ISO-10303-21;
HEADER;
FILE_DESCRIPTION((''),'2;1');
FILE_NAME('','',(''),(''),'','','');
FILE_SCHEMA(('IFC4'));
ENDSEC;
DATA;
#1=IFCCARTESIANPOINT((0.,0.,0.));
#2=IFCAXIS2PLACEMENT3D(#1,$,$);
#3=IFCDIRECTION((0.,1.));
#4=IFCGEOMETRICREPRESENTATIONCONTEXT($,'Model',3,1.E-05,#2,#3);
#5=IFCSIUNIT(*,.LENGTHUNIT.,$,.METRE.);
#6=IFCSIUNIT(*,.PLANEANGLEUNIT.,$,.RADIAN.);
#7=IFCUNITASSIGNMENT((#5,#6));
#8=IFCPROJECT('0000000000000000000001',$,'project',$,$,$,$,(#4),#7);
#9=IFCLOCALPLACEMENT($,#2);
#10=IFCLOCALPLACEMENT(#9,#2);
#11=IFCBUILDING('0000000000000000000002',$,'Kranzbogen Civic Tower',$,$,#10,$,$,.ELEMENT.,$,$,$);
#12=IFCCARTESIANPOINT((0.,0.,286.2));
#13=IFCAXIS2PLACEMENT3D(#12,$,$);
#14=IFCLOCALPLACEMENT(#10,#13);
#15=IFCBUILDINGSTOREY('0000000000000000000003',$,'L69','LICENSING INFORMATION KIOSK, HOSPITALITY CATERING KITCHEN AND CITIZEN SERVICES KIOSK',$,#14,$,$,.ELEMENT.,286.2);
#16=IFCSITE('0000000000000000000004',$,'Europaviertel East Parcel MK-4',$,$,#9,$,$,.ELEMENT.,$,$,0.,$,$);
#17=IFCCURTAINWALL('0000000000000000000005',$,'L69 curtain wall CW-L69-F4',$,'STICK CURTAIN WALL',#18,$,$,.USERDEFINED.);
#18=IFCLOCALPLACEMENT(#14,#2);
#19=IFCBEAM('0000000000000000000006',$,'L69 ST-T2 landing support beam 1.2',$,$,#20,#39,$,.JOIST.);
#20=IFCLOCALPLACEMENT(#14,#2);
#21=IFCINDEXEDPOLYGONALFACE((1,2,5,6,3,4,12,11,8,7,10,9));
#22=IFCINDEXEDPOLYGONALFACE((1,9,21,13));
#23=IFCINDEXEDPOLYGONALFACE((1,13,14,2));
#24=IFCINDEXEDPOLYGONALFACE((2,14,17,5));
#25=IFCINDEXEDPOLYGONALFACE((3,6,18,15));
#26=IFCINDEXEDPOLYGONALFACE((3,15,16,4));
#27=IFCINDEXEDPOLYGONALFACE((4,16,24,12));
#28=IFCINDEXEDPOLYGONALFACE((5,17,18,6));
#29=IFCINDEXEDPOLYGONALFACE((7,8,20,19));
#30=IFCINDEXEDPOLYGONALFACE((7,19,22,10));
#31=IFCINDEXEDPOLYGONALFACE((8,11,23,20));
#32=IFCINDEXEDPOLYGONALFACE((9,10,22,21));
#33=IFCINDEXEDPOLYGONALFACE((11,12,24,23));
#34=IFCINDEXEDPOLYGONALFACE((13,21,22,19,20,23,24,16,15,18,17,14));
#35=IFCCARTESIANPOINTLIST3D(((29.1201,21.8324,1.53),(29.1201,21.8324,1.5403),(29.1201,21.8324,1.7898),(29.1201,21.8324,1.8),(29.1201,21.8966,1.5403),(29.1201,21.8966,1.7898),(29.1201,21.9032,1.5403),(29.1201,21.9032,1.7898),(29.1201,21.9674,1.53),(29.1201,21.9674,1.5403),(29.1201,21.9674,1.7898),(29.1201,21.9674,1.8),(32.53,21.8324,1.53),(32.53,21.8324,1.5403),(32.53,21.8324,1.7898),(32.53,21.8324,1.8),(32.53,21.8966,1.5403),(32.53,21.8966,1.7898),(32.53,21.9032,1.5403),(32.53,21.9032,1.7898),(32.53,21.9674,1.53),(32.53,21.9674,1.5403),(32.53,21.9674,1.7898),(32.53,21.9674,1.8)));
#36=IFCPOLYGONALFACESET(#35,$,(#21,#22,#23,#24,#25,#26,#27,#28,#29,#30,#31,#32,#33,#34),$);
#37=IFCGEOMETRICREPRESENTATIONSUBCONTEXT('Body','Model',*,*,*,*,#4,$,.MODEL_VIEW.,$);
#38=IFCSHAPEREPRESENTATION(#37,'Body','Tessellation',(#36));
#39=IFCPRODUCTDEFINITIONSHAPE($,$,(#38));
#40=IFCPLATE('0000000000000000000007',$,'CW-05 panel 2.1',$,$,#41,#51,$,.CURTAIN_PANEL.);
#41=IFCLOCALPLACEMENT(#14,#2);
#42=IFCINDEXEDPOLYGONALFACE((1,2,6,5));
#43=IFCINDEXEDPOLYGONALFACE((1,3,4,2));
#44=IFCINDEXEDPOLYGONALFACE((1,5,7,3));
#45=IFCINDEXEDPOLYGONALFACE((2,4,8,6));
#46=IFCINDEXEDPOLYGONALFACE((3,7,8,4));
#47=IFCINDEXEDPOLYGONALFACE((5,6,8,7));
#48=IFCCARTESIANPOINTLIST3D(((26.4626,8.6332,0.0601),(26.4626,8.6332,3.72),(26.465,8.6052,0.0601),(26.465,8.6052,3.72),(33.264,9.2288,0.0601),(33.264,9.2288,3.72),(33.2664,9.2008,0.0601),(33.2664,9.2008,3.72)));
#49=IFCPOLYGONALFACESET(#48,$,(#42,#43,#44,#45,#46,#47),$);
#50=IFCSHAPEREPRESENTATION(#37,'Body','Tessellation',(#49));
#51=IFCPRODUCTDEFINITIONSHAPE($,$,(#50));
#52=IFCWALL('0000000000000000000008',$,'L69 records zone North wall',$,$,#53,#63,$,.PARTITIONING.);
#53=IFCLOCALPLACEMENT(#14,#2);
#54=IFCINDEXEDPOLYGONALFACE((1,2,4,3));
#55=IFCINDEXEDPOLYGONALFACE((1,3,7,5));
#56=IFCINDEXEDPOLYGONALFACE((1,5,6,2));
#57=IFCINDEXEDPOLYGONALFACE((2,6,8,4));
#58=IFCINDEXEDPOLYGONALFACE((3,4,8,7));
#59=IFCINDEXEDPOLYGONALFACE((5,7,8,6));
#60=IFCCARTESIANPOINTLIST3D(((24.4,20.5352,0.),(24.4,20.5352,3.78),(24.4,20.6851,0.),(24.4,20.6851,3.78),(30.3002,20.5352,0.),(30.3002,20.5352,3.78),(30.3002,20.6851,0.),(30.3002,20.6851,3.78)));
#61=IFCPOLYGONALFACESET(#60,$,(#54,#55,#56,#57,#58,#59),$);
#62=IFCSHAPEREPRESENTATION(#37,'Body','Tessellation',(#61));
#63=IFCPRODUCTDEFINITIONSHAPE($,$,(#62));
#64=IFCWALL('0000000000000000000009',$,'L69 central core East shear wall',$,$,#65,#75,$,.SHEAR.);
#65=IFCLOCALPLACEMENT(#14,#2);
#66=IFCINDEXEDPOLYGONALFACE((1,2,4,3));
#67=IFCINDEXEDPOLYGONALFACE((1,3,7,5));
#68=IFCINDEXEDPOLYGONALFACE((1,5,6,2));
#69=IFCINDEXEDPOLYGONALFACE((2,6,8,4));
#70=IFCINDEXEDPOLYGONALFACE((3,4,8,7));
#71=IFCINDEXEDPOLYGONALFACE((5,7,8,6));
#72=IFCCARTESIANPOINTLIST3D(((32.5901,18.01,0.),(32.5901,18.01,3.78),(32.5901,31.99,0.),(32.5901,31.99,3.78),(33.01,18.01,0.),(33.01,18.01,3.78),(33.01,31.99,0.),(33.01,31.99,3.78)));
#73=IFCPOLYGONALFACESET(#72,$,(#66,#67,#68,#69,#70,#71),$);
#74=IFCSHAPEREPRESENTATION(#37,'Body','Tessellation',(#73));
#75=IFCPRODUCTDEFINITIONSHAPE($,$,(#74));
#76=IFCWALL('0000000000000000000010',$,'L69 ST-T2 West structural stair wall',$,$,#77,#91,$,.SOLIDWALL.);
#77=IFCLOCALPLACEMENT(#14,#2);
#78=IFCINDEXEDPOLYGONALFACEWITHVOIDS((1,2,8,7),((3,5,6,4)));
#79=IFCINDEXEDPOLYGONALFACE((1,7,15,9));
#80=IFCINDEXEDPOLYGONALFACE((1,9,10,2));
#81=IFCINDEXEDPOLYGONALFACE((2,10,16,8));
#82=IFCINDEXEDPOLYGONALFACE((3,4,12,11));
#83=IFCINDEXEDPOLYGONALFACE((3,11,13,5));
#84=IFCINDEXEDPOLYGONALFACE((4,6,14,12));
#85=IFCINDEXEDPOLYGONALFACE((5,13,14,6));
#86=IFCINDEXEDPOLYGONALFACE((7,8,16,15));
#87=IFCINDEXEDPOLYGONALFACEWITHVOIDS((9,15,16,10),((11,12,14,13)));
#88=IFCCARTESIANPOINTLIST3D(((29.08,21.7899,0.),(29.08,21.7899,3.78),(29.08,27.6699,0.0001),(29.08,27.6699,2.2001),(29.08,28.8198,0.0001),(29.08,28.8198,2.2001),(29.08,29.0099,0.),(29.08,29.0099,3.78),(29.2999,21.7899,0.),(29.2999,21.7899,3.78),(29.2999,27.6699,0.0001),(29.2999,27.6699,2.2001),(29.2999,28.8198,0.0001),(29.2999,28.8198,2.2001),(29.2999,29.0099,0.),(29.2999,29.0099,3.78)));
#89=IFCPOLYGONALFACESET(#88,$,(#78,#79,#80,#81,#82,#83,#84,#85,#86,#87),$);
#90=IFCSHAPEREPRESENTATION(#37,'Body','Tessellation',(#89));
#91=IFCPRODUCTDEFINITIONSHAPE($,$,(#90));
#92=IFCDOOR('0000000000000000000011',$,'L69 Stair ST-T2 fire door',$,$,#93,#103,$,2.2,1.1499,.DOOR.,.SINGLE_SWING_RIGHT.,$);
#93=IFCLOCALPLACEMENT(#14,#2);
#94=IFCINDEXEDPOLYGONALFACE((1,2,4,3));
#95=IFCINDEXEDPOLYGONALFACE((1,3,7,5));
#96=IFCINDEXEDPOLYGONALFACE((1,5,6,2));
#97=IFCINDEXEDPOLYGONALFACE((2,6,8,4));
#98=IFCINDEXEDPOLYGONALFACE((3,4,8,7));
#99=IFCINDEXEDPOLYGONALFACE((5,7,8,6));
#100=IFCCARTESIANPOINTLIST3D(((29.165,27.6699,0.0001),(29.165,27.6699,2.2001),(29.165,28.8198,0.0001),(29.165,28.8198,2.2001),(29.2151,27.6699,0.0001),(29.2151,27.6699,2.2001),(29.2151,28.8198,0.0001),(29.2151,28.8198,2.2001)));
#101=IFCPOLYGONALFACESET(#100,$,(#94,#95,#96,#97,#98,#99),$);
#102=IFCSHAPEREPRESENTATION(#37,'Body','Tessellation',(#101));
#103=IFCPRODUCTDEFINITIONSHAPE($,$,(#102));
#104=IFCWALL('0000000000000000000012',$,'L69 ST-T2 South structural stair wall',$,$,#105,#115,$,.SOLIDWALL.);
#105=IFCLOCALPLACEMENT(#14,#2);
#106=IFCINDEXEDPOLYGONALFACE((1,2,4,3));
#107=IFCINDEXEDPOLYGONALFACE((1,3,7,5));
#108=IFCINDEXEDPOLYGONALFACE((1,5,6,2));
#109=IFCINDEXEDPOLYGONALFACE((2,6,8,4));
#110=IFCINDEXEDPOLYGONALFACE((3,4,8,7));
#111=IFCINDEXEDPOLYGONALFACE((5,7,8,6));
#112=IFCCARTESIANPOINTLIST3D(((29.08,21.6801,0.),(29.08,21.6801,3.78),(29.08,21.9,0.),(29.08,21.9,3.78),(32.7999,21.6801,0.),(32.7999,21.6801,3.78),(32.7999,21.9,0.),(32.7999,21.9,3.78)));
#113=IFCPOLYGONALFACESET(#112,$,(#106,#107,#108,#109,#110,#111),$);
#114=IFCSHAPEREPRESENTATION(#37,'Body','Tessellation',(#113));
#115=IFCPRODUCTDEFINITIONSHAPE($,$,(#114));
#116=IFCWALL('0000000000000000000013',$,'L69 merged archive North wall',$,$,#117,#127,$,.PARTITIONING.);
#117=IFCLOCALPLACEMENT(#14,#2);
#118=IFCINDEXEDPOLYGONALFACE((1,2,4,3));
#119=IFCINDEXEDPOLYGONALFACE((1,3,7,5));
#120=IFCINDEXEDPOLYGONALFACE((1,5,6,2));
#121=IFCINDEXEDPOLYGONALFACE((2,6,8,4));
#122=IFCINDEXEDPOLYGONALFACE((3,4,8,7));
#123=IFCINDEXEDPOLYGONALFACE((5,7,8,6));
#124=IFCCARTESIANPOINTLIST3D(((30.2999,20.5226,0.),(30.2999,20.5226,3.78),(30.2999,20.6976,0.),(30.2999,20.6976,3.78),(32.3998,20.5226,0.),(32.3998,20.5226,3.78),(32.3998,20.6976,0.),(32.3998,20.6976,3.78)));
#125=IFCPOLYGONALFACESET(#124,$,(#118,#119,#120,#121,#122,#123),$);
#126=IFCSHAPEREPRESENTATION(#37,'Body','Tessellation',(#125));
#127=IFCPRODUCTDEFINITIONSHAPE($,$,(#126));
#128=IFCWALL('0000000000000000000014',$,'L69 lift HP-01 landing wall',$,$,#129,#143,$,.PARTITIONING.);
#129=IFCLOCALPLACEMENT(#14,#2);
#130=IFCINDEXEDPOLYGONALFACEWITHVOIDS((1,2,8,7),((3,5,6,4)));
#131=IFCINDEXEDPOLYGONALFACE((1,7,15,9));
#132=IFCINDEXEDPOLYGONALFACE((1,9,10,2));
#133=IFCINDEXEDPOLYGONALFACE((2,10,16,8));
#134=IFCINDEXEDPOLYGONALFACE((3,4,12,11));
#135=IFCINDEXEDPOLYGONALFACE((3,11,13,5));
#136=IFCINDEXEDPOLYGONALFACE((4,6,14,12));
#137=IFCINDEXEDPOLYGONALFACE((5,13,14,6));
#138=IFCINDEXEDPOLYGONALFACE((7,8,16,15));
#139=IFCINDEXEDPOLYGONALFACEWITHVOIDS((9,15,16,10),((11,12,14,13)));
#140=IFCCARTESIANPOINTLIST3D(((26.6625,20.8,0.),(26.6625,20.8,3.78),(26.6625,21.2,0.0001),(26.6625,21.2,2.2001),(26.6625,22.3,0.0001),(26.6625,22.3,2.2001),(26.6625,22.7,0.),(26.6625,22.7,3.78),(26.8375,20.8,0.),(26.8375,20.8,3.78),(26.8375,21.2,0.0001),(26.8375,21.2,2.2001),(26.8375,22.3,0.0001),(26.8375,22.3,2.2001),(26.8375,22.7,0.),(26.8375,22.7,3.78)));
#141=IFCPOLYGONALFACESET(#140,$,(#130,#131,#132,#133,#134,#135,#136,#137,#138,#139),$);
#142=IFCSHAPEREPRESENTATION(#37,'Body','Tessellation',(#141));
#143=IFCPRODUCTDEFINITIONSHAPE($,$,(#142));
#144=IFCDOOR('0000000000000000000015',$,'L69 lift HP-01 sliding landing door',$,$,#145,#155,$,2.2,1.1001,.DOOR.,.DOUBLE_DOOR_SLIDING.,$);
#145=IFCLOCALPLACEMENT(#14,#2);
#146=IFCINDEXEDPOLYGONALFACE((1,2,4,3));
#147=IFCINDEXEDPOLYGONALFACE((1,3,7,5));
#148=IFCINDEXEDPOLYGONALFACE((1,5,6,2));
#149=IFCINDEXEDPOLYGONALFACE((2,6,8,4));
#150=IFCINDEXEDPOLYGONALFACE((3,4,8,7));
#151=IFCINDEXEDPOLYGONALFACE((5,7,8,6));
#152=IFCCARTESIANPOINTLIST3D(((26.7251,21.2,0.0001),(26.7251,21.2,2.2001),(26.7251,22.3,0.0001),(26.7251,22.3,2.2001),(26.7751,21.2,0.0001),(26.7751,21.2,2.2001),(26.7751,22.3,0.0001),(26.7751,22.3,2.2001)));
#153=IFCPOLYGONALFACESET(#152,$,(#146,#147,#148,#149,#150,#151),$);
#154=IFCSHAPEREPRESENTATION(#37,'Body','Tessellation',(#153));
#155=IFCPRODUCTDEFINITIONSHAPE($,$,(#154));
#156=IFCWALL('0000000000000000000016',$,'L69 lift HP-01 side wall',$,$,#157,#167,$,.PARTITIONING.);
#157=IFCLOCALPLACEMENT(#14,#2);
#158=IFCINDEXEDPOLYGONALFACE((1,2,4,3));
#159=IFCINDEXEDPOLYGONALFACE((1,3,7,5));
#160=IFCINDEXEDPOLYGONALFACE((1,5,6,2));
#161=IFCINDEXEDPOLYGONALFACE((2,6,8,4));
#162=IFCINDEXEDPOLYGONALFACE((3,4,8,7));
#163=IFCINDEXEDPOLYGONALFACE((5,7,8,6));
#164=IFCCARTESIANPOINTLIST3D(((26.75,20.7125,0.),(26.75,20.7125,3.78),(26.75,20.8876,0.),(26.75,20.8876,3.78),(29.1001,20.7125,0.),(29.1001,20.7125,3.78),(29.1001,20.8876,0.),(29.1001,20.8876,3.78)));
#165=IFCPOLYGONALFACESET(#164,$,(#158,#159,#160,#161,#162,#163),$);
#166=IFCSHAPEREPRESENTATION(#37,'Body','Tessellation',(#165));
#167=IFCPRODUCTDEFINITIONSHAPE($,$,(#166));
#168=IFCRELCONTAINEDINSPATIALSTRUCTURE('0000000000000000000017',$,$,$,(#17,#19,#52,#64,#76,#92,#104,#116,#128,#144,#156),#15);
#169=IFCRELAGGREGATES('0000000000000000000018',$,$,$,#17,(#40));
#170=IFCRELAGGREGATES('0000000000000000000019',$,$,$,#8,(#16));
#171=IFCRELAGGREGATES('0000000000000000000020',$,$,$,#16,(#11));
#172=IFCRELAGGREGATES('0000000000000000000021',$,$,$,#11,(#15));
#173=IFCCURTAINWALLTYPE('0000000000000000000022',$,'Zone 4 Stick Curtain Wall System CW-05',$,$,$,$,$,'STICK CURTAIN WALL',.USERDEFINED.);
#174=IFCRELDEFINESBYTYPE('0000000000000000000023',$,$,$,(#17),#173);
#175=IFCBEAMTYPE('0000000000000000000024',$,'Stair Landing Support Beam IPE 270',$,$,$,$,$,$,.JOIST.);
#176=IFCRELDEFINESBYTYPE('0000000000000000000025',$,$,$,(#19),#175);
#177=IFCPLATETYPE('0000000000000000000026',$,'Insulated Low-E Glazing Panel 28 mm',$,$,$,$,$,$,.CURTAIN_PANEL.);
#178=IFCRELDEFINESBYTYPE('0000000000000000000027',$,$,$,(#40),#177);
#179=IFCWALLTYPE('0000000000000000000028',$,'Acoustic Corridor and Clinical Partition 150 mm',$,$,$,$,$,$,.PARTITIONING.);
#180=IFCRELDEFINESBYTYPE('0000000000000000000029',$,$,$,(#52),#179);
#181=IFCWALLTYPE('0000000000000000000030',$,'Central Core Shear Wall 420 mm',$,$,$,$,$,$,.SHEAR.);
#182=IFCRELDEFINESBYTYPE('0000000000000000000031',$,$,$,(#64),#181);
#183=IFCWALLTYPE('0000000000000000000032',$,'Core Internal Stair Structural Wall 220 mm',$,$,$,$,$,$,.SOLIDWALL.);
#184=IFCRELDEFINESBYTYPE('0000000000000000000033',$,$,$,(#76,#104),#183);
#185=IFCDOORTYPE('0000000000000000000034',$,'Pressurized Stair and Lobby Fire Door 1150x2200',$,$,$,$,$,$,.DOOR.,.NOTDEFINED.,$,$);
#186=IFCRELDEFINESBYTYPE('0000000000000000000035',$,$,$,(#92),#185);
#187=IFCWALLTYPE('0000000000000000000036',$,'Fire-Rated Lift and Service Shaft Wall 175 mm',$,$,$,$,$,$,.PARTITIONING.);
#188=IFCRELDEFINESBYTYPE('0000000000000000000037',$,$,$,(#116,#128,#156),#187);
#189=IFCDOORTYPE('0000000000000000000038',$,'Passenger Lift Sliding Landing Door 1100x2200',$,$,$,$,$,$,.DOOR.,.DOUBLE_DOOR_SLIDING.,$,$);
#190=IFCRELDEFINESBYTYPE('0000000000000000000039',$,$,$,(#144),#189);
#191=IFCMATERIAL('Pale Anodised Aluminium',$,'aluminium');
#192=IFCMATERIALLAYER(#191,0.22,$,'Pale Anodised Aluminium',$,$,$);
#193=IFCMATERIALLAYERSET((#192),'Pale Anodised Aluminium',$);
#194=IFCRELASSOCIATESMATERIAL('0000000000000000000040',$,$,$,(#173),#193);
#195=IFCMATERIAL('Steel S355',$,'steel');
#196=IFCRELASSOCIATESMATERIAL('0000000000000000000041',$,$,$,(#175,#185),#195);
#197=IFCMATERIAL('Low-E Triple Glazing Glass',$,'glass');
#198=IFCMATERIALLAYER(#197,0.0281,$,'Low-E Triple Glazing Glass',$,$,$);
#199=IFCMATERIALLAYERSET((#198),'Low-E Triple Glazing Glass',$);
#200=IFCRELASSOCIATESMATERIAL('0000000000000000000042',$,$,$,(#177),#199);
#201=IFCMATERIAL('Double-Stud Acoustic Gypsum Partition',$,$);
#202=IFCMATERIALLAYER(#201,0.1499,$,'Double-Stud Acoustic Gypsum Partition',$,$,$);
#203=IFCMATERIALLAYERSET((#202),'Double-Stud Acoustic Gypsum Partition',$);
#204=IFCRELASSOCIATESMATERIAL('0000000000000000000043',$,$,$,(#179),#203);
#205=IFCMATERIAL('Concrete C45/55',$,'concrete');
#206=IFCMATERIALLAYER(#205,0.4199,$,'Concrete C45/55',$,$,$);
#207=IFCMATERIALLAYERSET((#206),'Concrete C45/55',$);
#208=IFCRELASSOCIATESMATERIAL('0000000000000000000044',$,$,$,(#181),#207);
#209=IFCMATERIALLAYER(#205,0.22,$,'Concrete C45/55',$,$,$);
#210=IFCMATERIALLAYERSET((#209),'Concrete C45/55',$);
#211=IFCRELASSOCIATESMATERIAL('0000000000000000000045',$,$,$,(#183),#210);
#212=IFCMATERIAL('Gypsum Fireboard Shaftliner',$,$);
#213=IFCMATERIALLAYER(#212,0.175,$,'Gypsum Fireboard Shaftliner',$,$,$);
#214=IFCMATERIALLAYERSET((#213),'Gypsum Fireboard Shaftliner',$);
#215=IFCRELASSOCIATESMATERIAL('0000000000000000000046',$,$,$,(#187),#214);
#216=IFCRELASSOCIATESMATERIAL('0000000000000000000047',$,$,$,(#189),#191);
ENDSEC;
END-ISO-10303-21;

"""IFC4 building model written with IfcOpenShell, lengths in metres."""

from ifc_helpers import new_model, si_unit, direction, frame, frame_2d, origin, origin_2d, place, context, subcontext, project, spatial, rectangle, i_section, extrude, material, layer, layer_set, material_profile, profile_set, type_object, element, fill, aggregate, save


model = new_model("IFC4")

# Units and contexts
model_context = context("Model", 3, precision=1e-05, world=origin(), true_north=direction((0.0, 1.0)))
body_context = subcontext(model_context, "Body", "Model", "MODEL_VIEW")
ifc_project = project(units=[si_unit("LENGTHUNIT", "METRE"), si_unit("PLANEANGLEUNIT", "RADIAN")], contexts=[model_context])

# Site, building, storey
site_placement = place(None, origin())
site = spatial("IfcSite", under=ifc_project, at=site_placement, Name="Europaviertel East Parcel MK-4", CompositionType="ELEMENT", RefElevation=0.0)
building_placement = place(site_placement, origin())
building = spatial("IfcBuilding", under=site, at=building_placement, Name="Kranzbogen Civic Tower", CompositionType="ELEMENT")
storey_placement = place(building_placement, frame((0.0, 0.0, 286.2)))
storey = spatial("IfcBuildingStorey", under=building, at=storey_placement, Name="L69", Description="LICENSING INFORMATION KIOSK, HOSPITALITY CATERING KITCHEN AND CITIZEN SERVICES KIOSK", CompositionType="ELEMENT", Elevation=286.2)

# Shared definitions
ifc_material_1 = material(Name="Steel S355", Category="steel")

# Curtain wall
ifc_material_2 = material(Name="Pale Anodised Aluminium", Category="aluminium")
ifc_layer_1 = layer(ifc_material_2, 0.22, Name="Pale Anodised Aluminium")
ifc_layer_set_1 = layer_set([ifc_layer_1], Name="Pale Anodised Aluminium")
curtain_wall_type = type_object("IfcCurtainWallType", Name="Zone 4 Stick Curtain Wall System CW-05", ElementType="STICK CURTAIN WALL", PredefinedType="USERDEFINED", material=ifc_layer_set_1)
curtain_wall_placement = place(storey_placement, origin())
curtain_wall = element("IfcCurtainWall", 1, at=curtain_wall_placement, inside=storey, type_object=curtain_wall_type, Name="L69 curtain wall CW-L69-F4", ObjectType="STICK CURTAIN WALL", PredefinedType="USERDEFINED")

# Beam
ifc_material_profile_1 = material_profile(ifc_material_1, i_section(OverallWidth=0.135, OverallDepth=0.27, WebThickness=0.0066, FlangeThickness=0.0103, at=origin_2d()), Name="IPE 270")
ifc_profile_set_1 = profile_set([ifc_material_profile_1], Name="Steel S355")
beam_type_1 = type_object("IfcBeamType", Name="Stair Landing Support Beam IPE 270", PredefinedType="JOIST", material=ifc_profile_set_1)
beam_1_placement = place(storey_placement, frame((29.1201, 21.8999, 1.665), z_axis=(1.0, 0.0, 0.0), x_axis=(0.0, 1.0, 0.0)))
element("IfcBeam", 2, at=beam_1_placement, inside=storey, type_object=beam_type_1, Name="L69 ST-T2 landing support beam 1.2", PredefinedType="JOIST", context=body_context, shape_type="SweptSolid", body=[
    extrude(i_section(OverallWidth=0.135, OverallDepth=0.27, WebThickness=0.0066, FlangeThickness=0.0103, at=origin_2d()), origin(), (0.0, 0.0, 1.0), 3.4099),
])

# Plate
ifc_material_3 = material(Name="Low-E Triple Glazing Glass", Category="glass")
ifc_layer_2 = layer(ifc_material_3, 0.0281, Name="Low-E Triple Glazing Glass")
ifc_layer_set_2 = layer_set([ifc_layer_2], Name="Low-E Triple Glazing Glass")
plate_type = type_object("IfcPlateType", Name="Insulated Low-E Glazing Panel 28 mm", PredefinedType="CURTAIN_PANEL", material=ifc_layer_set_2)
plate_placement = place(storey_placement, frame((29.8645, 8.917, 0.0601), z_axis=(0.0, 0.0, 1.0), x_axis=(0.996187, 0.087244, 0.0)))
plate = element("IfcPlate", 3, at=plate_placement, type_object=plate_type, Name="CW-05 panel 2.1", PredefinedType="CURTAIN_PANEL", context=body_context, shape_type="SweptSolid", body=[
    extrude(rectangle(XDim=6.8274, YDim=0.0281, at=origin_2d()), origin(), (0.0, 0.0, 1.0), 3.6599),
])
aggregate(curtain_wall, [plate])

# Walls
ifc_material_4 = material(Name="Double-Stud Acoustic Gypsum Partition")
ifc_layer_3 = layer(ifc_material_4, 0.1499, Name="Double-Stud Acoustic Gypsum Partition")
ifc_layer_set_3 = layer_set([ifc_layer_3], Name="Double-Stud Acoustic Gypsum Partition")
wall_type_1 = type_object("IfcWallType", Name="Acoustic Corridor and Clinical Partition 150 mm", PredefinedType="PARTITIONING", material=ifc_layer_set_3)
wall_1_placement = place(storey_placement, frame((24.3999, 20.6101, 0.0), z_axis=(0.0, 0.0, 1.0), x_axis=(1.0, 0.0, 0.0)))
element("IfcWall", 4, at=wall_1_placement, inside=storey, type_object=wall_type_1, Name="L69 records zone North wall", PredefinedType="PARTITIONING", context=body_context, shape_type="SweptSolid", body=[
    extrude(rectangle(XDim=5.9001, YDim=0.1499, at=frame_2d((2.9502, 0.0))), origin(), (0.0, 0.0, 1.0), 3.78),
])
ifc_material_5 = material(Name="Concrete C45/55", Category="concrete")
ifc_layer_4 = layer(ifc_material_5, 0.4199, Name="Concrete C45/55")
ifc_layer_set_4 = layer_set([ifc_layer_4], Name="Concrete C45/55")
wall_type_2 = type_object("IfcWallType", Name="Central Core Shear Wall 420 mm", PredefinedType="SHEAR", material=ifc_layer_set_4)
wall_2_placement = place(storey_placement, frame((32.8, 18.01, 0.0), z_axis=(0.0, 0.0, 1.0), x_axis=(0.0, 1.0, 0.0)))
element("IfcWall", 5, at=wall_2_placement, inside=storey, type_object=wall_type_2, Name="L69 central core East shear wall", PredefinedType="SHEAR", context=body_context, shape_type="SweptSolid", body=[
    extrude(rectangle(XDim=13.98, YDim=0.4199, at=frame_2d((6.99, 0.0))), origin(), (0.0, 0.0, 1.0), 3.78),
])

# Wall, opening, door
ifc_layer_5 = layer(ifc_material_5, 0.22, Name="Concrete C45/55")
ifc_layer_set_5 = layer_set([ifc_layer_5], Name="Concrete C45/55")
wall_type_3 = type_object("IfcWallType", Name="Core Internal Stair Structural Wall 220 mm", PredefinedType="SOLIDWALL", material=ifc_layer_set_5)
wall_3_placement = place(storey_placement, frame((29.1899, 21.79, 0.0), z_axis=(0.0, 0.0, 1.0), x_axis=(0.0, 1.0, 0.0)))
wall_3 = element("IfcWall", 6, at=wall_3_placement, inside=storey, type_object=wall_type_3, Name="L69 ST-T2 West structural stair wall", PredefinedType="SOLIDWALL", context=body_context, shape_type="SweptSolid", body=[
    extrude(rectangle(XDim=7.22, YDim=0.22, at=frame_2d((3.6099, 0.0))), origin(), (0.0, 0.0, 1.0), 3.78),
])
opening_1_placement = place(wall_3_placement, frame((5.8799, 0.0, 0.0)))
opening_1 = element("IfcOpeningElement", 7, at=opening_1_placement, cuts=wall_3, PredefinedType="OPENING", context=body_context, shape_type="SweptSolid", body=[
    extrude(rectangle(XDim=1.1499, YDim=2.2, at=frame_2d((0.575, 1.1001))), frame((0.0, 0.1201, 0.0), z_axis=(0.0, -1.0, 0.0), x_axis=(1.0, 0.0, 0.0)), (0.0, 0.0, 1.0), 0.24),
])
door_type_1 = type_object("IfcDoorType", Name="Pressurized Stair and Lobby Fire Door 1150x2200", OperationType="NOTDEFINED", PredefinedType="DOOR", material=ifc_material_1)
door_1_placement = place(opening_1_placement, origin())
door_1 = element("IfcDoor", 8, at=door_1_placement, inside=storey, type_object=door_type_1, Name="L69 Stair ST-T2 fire door", OperationType="SINGLE_SWING_RIGHT", OverallHeight=2.2, OverallWidth=1.1499, PredefinedType="DOOR", context=body_context, shape_type="SweptSolid", body=[
    extrude(rectangle(XDim=1.1499, YDim=2.2, at=frame_2d((0.575, 1.1001))), frame((0.0, 0.0249, 0.0), z_axis=(0.0, -1.0, 0.0), x_axis=(1.0, 0.0, 0.0)), (0.0, 0.0, 1.0), 0.05),
])
fill(opening_1, door_1)

# Walls
wall_4_placement = place(storey_placement, frame((29.0801, 21.79, 0.0), z_axis=(0.0, 0.0, 1.0), x_axis=(1.0, 0.0, 0.0)))
element("IfcWall", 9, at=wall_4_placement, inside=storey, type_object=wall_type_3, Name="L69 ST-T2 South structural stair wall", PredefinedType="SOLIDWALL", context=body_context, shape_type="SweptSolid", body=[
    extrude(rectangle(XDim=3.72, YDim=0.22, at=frame_2d((1.8599, 0.0))), origin(), (0.0, 0.0, 1.0), 3.78),
])
ifc_material_6 = material(Name="Gypsum Fireboard Shaftliner")
ifc_layer_6 = layer(ifc_material_6, 0.175, Name="Gypsum Fireboard Shaftliner")
ifc_layer_set_6 = layer_set([ifc_layer_6], Name="Gypsum Fireboard Shaftliner")
wall_type_4 = type_object("IfcWallType", Name="Fire-Rated Lift and Service Shaft Wall 175 mm", PredefinedType="PARTITIONING", material=ifc_layer_set_6)
wall_5_placement = place(storey_placement, frame((30.3, 20.6101, 0.0), z_axis=(0.0, 0.0, 1.0), x_axis=(1.0, 0.0, 0.0)))
element("IfcWall", 10, at=wall_5_placement, inside=storey, type_object=wall_type_4, Name="L69 merged archive North wall", PredefinedType="PARTITIONING", context=body_context, shape_type="SweptSolid", body=[
    extrude(rectangle(XDim=2.0999, YDim=0.175, at=frame_2d((1.0498, 0.0))), origin(), (0.0, 0.0, 1.0), 3.78),
])

# Wall, opening, door
wall_6_placement = place(storey_placement, frame((26.75, 20.8, 0.0), z_axis=(0.0, 0.0, 1.0), x_axis=(0.0, 1.0, 0.0)))
wall_6 = element("IfcWall", 11, at=wall_6_placement, inside=storey, type_object=wall_type_4, Name="L69 lift HP-01 landing wall", PredefinedType="PARTITIONING", context=body_context, shape_type="SweptSolid", body=[
    extrude(rectangle(XDim=1.8999, YDim=0.175, at=frame_2d((0.95, 0.0))), origin(), (0.0, 0.0, 1.0), 3.78),
])
opening_2_placement = place(wall_6_placement, frame((0.3999, 0.0, 0.0)))
opening_2 = element("IfcOpeningElement", 12, at=opening_2_placement, cuts=wall_6, PredefinedType="OPENING", context=body_context, shape_type="SweptSolid", body=[
    extrude(rectangle(XDim=1.1001, YDim=2.2, at=frame_2d((0.55, 1.1001))), frame((0.0, 0.0977, 0.0), z_axis=(0.0, -1.0, 0.0), x_axis=(1.0, 0.0, 0.0)), (0.0, 0.0, 1.0), 0.1951),
])
door_type_2 = type_object("IfcDoorType", Name="Passenger Lift Sliding Landing Door 1100x2200", OperationType="DOUBLE_DOOR_SLIDING", PredefinedType="DOOR", material=ifc_material_2)
door_2_placement = place(opening_2_placement, origin())
door_2 = element("IfcDoor", 13, at=door_2_placement, inside=storey, type_object=door_type_2, Name="L69 lift HP-01 sliding landing door", OperationType="DOUBLE_DOOR_SLIDING", OverallHeight=2.2, OverallWidth=1.1001, PredefinedType="DOOR", context=body_context, shape_type="SweptSolid", body=[
    extrude(rectangle(XDim=1.1001, YDim=2.2, at=frame_2d((0.55, 1.1001))), frame((0.0, 0.0249, 0.0), z_axis=(0.0, -1.0, 0.0), x_axis=(1.0, 0.0, 0.0)), (0.0, 0.0, 1.0), 0.05),
])
fill(opening_2, door_2)

# Wall
wall_7_placement = place(storey_placement, frame((26.75, 20.8, 0.0), z_axis=(0.0, 0.0, 1.0), x_axis=(1.0, 0.0, 0.0)))
element("IfcWall", 14, at=wall_7_placement, inside=storey, type_object=wall_type_4, Name="L69 lift HP-01 side wall", PredefinedType="PARTITIONING", context=body_context, shape_type="SweptSolid", body=[
    extrude(rectangle(XDim=2.3501, YDim=0.175, at=frame_2d((1.175, 0.0))), origin(), (0.0, 0.0, 1.0), 3.78),
])

save(model, "model.ifc")
